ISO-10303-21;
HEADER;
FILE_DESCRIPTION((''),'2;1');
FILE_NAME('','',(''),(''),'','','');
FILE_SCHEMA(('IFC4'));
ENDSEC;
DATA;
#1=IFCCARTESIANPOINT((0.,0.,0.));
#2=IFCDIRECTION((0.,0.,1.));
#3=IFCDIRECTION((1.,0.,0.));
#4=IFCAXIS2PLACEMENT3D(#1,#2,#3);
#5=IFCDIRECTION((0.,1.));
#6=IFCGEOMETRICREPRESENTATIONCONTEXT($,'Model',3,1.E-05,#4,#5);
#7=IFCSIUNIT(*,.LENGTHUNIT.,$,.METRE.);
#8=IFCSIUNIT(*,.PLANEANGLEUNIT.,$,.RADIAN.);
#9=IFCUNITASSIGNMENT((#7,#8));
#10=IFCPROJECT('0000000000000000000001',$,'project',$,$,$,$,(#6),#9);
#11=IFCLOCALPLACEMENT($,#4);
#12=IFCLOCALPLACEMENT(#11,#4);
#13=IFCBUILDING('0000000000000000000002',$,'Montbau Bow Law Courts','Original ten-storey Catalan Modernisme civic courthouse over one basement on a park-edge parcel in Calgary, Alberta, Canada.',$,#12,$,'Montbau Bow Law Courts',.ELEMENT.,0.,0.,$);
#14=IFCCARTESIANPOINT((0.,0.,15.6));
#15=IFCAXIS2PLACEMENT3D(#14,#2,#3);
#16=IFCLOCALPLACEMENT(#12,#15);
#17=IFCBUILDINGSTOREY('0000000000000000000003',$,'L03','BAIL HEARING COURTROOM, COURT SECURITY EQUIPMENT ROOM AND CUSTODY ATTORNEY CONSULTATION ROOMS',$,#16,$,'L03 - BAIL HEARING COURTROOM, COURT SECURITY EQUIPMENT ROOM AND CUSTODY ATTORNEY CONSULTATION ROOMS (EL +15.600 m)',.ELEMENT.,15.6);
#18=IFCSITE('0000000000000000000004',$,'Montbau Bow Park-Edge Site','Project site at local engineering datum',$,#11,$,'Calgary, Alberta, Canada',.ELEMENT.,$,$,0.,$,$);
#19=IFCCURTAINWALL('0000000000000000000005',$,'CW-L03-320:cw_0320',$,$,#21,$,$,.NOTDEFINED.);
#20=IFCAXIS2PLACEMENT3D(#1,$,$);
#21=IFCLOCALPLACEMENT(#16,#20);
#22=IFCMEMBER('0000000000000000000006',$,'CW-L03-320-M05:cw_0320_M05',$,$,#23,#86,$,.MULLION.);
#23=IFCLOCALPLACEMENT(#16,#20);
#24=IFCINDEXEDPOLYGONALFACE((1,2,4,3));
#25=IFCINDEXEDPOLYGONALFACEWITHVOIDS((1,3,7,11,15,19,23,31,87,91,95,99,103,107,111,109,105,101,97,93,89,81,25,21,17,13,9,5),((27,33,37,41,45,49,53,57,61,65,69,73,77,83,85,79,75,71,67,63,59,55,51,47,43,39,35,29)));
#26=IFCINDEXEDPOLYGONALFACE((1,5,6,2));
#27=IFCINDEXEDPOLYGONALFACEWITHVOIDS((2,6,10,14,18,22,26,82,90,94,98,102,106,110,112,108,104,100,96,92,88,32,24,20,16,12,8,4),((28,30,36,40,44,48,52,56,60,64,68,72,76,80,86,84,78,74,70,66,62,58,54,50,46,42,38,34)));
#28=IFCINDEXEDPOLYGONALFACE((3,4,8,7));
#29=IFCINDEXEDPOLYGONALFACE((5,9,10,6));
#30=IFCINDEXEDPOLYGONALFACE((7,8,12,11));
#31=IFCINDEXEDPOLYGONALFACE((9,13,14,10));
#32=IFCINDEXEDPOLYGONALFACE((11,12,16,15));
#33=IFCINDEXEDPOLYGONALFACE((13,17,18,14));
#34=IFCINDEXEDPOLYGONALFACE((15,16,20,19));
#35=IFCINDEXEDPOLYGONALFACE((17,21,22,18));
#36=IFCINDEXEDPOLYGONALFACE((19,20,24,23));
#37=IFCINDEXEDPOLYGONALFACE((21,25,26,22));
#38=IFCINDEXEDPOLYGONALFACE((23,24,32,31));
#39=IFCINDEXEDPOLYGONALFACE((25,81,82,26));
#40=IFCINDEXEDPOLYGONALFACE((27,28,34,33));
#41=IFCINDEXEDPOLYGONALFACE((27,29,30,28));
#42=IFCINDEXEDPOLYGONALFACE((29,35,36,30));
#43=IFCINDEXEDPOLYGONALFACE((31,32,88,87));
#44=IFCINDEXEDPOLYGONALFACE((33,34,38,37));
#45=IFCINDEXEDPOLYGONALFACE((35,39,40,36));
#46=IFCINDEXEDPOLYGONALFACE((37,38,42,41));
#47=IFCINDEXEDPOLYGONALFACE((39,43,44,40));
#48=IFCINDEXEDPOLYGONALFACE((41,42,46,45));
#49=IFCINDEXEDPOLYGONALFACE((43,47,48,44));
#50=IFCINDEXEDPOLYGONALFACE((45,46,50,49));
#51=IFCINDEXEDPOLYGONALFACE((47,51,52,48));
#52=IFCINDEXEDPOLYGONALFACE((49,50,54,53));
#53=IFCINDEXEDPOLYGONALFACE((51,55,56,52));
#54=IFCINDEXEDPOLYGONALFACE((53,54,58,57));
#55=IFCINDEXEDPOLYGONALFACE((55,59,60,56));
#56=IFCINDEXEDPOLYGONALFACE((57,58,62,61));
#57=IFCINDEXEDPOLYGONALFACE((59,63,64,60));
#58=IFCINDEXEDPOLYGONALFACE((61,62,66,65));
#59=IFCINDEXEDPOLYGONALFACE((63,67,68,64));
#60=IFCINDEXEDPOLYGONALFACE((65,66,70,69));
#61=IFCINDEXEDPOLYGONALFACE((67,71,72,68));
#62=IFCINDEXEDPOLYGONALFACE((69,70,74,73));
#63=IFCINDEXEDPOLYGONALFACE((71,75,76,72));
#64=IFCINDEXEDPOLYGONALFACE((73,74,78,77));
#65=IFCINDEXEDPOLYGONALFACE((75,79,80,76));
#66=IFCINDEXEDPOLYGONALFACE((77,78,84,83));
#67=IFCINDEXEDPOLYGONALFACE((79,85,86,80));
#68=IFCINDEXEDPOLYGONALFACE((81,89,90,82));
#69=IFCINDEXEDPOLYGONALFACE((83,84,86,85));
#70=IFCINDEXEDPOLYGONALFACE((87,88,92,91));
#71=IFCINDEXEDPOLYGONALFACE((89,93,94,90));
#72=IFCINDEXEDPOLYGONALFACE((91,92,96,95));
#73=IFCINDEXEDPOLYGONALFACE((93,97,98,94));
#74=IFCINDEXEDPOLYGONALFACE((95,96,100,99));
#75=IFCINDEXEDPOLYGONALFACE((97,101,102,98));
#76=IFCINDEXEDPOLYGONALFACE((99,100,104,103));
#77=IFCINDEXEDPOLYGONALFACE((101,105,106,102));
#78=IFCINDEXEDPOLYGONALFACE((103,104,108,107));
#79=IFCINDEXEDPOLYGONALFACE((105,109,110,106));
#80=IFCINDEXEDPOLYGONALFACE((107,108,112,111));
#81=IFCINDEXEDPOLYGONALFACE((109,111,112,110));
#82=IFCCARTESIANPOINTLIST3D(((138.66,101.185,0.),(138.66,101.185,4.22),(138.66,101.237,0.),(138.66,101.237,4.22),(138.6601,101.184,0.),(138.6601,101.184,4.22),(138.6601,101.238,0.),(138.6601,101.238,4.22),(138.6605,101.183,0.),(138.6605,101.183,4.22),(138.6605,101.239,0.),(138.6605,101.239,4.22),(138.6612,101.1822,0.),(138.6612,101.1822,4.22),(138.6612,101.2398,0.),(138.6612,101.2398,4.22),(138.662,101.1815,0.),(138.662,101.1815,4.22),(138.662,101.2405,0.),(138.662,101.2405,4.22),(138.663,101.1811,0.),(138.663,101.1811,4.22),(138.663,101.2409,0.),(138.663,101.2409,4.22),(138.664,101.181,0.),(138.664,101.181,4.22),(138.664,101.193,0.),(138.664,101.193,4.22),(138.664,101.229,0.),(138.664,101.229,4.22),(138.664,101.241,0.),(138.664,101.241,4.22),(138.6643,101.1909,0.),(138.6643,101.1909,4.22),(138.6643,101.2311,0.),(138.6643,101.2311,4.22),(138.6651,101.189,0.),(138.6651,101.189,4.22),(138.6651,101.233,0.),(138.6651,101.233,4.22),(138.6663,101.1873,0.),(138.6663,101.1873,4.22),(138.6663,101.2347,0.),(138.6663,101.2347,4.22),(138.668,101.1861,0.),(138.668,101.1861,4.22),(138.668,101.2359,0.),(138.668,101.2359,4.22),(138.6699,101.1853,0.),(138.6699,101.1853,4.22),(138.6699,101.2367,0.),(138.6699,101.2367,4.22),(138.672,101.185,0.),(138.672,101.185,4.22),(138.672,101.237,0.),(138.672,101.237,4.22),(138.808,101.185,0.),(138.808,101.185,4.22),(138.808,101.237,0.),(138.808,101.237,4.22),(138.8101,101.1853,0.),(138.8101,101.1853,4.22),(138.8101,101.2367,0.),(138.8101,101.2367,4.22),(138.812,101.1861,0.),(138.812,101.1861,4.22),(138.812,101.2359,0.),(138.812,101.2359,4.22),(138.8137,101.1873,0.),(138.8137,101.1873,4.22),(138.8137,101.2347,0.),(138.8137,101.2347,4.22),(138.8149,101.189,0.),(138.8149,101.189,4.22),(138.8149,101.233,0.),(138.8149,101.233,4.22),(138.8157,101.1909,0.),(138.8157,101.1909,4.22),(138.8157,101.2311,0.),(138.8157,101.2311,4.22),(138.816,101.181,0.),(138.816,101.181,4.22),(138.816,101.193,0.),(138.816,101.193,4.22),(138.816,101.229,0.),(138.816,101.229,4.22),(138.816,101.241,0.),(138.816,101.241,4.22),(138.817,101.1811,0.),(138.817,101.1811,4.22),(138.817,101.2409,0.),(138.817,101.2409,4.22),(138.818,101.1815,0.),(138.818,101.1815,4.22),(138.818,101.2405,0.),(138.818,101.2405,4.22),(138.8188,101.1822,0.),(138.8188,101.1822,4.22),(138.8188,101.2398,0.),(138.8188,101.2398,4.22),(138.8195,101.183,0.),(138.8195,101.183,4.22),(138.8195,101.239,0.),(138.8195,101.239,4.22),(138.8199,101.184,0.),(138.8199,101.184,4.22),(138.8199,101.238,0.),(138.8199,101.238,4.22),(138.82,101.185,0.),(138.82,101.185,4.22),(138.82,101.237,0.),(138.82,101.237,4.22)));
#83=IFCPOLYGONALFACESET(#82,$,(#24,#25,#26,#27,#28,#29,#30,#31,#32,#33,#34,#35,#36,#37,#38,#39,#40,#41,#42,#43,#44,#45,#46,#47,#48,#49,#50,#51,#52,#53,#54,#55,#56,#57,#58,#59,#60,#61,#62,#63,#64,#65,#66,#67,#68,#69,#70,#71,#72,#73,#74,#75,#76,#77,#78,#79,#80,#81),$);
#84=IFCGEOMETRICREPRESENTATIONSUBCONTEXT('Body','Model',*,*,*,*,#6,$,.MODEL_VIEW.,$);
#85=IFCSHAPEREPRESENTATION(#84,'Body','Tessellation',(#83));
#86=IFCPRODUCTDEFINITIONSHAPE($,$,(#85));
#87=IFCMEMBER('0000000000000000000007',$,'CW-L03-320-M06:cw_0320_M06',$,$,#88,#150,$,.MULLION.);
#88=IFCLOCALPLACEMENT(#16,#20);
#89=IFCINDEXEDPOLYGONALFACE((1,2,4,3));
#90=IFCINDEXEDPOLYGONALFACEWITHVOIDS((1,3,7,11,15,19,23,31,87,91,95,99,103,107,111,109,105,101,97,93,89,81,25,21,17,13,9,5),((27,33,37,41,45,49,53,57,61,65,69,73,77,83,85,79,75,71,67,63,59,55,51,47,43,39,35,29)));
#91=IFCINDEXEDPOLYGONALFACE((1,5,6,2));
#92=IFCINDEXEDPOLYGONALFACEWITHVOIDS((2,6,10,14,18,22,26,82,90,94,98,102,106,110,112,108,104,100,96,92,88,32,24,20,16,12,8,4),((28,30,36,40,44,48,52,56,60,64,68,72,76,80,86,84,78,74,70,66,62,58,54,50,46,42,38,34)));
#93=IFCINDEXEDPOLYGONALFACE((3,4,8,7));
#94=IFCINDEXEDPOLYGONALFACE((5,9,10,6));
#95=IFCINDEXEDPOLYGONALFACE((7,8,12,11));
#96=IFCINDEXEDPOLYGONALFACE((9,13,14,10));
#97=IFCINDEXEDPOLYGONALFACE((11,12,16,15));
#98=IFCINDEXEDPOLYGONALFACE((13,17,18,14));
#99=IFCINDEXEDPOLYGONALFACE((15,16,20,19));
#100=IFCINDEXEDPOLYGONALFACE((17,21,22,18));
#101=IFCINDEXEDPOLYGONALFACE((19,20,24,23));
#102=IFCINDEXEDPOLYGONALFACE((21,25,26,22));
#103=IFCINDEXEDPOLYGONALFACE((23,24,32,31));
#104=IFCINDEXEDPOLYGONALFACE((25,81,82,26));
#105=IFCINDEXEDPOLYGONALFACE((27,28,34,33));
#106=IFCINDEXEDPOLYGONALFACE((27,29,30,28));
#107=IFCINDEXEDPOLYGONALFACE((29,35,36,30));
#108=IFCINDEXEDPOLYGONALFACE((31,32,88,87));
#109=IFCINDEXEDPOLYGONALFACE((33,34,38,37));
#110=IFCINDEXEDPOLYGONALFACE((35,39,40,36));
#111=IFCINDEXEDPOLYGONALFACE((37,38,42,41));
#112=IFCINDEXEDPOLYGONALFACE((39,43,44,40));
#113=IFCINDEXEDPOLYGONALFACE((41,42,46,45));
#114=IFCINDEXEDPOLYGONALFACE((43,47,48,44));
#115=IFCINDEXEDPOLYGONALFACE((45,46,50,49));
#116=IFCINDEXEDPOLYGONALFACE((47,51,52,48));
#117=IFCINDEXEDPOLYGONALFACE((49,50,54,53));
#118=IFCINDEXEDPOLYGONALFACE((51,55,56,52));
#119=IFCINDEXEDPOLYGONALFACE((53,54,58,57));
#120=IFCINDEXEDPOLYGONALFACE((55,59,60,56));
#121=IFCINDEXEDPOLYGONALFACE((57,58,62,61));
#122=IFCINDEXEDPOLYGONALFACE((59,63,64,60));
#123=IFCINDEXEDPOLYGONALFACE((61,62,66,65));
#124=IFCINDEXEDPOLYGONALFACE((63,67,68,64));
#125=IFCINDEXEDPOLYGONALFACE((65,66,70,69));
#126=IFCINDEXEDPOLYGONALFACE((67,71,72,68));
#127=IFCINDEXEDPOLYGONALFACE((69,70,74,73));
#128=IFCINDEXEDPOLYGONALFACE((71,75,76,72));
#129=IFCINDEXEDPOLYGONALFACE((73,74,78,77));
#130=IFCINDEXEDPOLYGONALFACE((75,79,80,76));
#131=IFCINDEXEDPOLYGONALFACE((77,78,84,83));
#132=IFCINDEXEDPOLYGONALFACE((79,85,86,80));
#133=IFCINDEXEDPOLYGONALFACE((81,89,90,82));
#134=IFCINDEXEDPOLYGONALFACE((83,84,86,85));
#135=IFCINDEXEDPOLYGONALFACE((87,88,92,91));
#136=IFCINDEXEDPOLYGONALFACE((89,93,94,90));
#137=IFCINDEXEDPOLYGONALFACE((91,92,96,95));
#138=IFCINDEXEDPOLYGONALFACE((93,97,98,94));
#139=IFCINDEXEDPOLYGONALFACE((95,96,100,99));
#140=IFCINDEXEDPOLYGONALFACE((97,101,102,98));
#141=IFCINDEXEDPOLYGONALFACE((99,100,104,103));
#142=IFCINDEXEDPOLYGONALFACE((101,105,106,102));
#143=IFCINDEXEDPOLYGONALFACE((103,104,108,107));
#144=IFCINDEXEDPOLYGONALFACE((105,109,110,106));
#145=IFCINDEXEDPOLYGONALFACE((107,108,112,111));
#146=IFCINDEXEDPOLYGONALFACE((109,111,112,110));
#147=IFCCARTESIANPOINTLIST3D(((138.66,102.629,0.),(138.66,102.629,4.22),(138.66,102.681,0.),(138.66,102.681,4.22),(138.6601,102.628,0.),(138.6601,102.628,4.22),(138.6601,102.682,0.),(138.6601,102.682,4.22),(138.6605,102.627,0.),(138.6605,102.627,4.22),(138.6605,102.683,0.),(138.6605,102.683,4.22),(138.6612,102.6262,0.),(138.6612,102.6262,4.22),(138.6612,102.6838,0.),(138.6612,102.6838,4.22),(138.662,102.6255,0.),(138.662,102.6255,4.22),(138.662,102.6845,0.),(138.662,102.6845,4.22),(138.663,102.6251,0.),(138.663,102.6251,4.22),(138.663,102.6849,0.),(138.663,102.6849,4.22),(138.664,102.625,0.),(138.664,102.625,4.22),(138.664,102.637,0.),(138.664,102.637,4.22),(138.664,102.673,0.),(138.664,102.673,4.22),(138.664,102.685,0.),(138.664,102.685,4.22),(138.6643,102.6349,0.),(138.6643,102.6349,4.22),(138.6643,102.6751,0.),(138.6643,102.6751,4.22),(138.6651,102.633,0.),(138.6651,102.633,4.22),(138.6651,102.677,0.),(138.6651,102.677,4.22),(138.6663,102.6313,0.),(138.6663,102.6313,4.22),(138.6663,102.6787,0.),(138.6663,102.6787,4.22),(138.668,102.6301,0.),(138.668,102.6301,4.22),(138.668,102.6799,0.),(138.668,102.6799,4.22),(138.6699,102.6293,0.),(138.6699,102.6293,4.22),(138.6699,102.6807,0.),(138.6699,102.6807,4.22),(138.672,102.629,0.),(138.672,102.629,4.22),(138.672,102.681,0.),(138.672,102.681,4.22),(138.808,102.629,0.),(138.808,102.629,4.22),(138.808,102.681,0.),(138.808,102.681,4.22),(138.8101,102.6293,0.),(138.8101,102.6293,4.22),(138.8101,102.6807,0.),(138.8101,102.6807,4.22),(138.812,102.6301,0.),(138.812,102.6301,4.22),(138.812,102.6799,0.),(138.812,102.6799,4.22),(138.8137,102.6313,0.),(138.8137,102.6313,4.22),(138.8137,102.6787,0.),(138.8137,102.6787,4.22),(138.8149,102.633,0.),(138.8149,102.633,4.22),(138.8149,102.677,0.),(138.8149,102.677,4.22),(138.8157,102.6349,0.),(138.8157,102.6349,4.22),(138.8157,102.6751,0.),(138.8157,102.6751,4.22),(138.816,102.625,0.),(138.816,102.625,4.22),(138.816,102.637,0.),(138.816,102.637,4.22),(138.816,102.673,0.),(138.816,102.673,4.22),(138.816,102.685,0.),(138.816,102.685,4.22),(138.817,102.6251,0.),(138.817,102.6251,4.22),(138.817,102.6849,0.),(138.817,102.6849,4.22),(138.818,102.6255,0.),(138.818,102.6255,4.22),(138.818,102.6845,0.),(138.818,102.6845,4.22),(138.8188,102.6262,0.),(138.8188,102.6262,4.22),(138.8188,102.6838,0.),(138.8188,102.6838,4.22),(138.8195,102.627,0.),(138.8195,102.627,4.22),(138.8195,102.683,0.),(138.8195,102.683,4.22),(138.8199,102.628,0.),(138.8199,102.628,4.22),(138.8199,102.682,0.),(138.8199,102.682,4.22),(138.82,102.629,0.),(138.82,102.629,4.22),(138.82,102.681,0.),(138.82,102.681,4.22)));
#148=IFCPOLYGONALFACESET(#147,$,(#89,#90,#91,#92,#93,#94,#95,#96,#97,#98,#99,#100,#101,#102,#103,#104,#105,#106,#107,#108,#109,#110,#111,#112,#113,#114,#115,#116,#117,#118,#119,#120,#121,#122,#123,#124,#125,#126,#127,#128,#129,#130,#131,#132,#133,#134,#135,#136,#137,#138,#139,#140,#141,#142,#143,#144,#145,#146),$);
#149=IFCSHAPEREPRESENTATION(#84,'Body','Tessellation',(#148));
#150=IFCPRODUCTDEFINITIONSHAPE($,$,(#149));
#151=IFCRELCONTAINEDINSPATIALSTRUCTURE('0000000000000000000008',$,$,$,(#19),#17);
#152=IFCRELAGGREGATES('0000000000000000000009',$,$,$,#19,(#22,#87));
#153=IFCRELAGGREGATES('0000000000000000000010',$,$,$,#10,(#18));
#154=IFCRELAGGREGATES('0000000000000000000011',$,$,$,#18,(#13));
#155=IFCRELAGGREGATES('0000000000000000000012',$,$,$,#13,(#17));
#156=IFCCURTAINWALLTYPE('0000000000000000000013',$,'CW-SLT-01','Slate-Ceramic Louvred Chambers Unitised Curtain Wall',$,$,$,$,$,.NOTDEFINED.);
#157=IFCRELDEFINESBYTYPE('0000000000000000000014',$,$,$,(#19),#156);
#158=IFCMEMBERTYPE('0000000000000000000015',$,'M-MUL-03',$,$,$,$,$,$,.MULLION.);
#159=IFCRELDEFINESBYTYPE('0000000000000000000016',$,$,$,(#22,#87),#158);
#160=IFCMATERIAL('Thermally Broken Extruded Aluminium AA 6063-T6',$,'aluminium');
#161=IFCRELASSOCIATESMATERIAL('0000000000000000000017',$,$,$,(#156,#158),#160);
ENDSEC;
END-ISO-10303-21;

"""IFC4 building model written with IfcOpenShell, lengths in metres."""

from ifc_helpers import new_model, si_unit, direction, frame, origin_with_axes, origin_2d_with_axis, place, context, subcontext, project, spatial, hollow_rectangle, extrude, material, material_profile, profile_set, type_object, element, aggregate, save


model = new_model("IFC4")

# Units and contexts
model_context = context("Model", 3, precision=1e-05, world=origin_with_axes(), true_north=direction((0.0, 1.0)))
body_context = subcontext(model_context, "Body", "Model", "MODEL_VIEW")
ifc_project = project(units=[si_unit("LENGTHUNIT", "METRE"), si_unit("PLANEANGLEUNIT", "RADIAN")], contexts=[model_context])

# Site, building, storey
site_placement = place(None, origin_with_axes())
site = spatial("IfcSite", under=ifc_project, at=site_placement, Name="Montbau Bow Park-Edge Site", Description="Project site at local engineering datum", LongName="Calgary, Alberta, Canada", CompositionType="ELEMENT", RefElevation=0.0)
building_placement = place(site_placement, origin_with_axes())
building = spatial("IfcBuilding", under=site, at=building_placement, Name="Montbau Bow Law Courts", Description="Original ten-storey Catalan Modernisme civic courthouse over one basement on a park-edge parcel in Calgary, Alberta, Canada.", LongName="Montbau Bow Law Courts", CompositionType="ELEMENT", ElevationOfRefHeight=0.0, ElevationOfTerrain=0.0)
storey_placement = place(building_placement, frame((0.0, 0.0, 15.6), z_axis=(0.0, 0.0, 1.0), x_axis=(1.0, 0.0, 0.0)))
storey = spatial("IfcBuildingStorey", under=building, at=storey_placement, Name="L03", Description="BAIL HEARING COURTROOM, COURT SECURITY EQUIPMENT ROOM AND CUSTODY ATTORNEY CONSULTATION ROOMS", LongName="L03 - BAIL HEARING COURTROOM, COURT SECURITY EQUIPMENT ROOM AND CUSTODY ATTORNEY CONSULTATION ROOMS (EL +15.600 m)", CompositionType="ELEMENT", Elevation=15.6)

# Shared definitions
ifc_material_1 = material(Name="Thermally Broken Extruded Aluminium AA 6063-T6", Category="aluminium")
curtain_wall_type = type_object("IfcCurtainWallType", Name="CW-SLT-01", Description="Slate-Ceramic Louvred Chambers Unitised Curtain Wall", PredefinedType="NOTDEFINED", material=ifc_material_1)

# Curtain wall, members
curtain_wall_1_placement = place(None, frame((138.74, 95.315, 15.6), z_axis=(0.0, 0.0, 1.0), x_axis=(1.0, 0.0, 0.0)))
curtain_wall_1 = element("IfcCurtainWall", 1, at=curtain_wall_1_placement, inside=storey, type_object=curtain_wall_type, Name="CW-L03-320:cw_0320", PredefinedType="NOTDEFINED")
ifc_material_profile_1 = material_profile(ifc_material_1, hollow_rectangle(XDim=0.06, YDim=0.16, WallThickness=0.004, InnerFilletRadius=0.008, OuterFilletRadius=0.004, at=origin_2d_with_axis()), Name="CWM-160X60", Category="Main", Priority=0)
ifc_profile_set_1 = profile_set([ifc_material_profile_1], Name="Thermally Broken Extruded Aluminium AA 6063-T6")
member_type_1 = type_object("IfcMemberType", Name="M-MUL-03", PredefinedType="MULLION", material=ifc_profile_set_1)
member_1_placement = place(None, frame((138.74, 101.211, 15.6), z_axis=(0.0, 0.0, 1.0), x_axis=(0.0, 1.0, 0.0)))
member_1 = element("IfcMember", 2, at=member_1_placement, type_object=member_type_1, Name="CW-L03-320-M05:cw_0320_M05", PredefinedType="MULLION", context=body_context, shape_type="SweptSolid", body=[
    extrude(hollow_rectangle(XDim=0.06, YDim=0.16, WallThickness=0.004, InnerFilletRadius=0.008, OuterFilletRadius=0.004, at=origin_2d_with_axis()), origin_with_axes(), (0.0, 0.0, 1.0), 4.22),
])
member_2_placement = place(None, frame((138.74, 102.655, 15.6), z_axis=(0.0, 0.0, 1.0), x_axis=(0.0, 1.0, 0.0)))
member_2 = element("IfcMember", 3, at=member_2_placement, type_object=member_type_1, Name="CW-L03-320-M06:cw_0320_M06", PredefinedType="MULLION", context=body_context, shape_type="SweptSolid", body=[
    extrude(hollow_rectangle(XDim=0.06, YDim=0.16, WallThickness=0.004, InnerFilletRadius=0.008, OuterFilletRadius=0.004, at=origin_2d_with_axis()), origin_with_axes(), (0.0, 0.0, 1.0), 4.22),
])

aggregate(curtain_wall_1, [member_1, member_2])

save(model, "model.ifc")
